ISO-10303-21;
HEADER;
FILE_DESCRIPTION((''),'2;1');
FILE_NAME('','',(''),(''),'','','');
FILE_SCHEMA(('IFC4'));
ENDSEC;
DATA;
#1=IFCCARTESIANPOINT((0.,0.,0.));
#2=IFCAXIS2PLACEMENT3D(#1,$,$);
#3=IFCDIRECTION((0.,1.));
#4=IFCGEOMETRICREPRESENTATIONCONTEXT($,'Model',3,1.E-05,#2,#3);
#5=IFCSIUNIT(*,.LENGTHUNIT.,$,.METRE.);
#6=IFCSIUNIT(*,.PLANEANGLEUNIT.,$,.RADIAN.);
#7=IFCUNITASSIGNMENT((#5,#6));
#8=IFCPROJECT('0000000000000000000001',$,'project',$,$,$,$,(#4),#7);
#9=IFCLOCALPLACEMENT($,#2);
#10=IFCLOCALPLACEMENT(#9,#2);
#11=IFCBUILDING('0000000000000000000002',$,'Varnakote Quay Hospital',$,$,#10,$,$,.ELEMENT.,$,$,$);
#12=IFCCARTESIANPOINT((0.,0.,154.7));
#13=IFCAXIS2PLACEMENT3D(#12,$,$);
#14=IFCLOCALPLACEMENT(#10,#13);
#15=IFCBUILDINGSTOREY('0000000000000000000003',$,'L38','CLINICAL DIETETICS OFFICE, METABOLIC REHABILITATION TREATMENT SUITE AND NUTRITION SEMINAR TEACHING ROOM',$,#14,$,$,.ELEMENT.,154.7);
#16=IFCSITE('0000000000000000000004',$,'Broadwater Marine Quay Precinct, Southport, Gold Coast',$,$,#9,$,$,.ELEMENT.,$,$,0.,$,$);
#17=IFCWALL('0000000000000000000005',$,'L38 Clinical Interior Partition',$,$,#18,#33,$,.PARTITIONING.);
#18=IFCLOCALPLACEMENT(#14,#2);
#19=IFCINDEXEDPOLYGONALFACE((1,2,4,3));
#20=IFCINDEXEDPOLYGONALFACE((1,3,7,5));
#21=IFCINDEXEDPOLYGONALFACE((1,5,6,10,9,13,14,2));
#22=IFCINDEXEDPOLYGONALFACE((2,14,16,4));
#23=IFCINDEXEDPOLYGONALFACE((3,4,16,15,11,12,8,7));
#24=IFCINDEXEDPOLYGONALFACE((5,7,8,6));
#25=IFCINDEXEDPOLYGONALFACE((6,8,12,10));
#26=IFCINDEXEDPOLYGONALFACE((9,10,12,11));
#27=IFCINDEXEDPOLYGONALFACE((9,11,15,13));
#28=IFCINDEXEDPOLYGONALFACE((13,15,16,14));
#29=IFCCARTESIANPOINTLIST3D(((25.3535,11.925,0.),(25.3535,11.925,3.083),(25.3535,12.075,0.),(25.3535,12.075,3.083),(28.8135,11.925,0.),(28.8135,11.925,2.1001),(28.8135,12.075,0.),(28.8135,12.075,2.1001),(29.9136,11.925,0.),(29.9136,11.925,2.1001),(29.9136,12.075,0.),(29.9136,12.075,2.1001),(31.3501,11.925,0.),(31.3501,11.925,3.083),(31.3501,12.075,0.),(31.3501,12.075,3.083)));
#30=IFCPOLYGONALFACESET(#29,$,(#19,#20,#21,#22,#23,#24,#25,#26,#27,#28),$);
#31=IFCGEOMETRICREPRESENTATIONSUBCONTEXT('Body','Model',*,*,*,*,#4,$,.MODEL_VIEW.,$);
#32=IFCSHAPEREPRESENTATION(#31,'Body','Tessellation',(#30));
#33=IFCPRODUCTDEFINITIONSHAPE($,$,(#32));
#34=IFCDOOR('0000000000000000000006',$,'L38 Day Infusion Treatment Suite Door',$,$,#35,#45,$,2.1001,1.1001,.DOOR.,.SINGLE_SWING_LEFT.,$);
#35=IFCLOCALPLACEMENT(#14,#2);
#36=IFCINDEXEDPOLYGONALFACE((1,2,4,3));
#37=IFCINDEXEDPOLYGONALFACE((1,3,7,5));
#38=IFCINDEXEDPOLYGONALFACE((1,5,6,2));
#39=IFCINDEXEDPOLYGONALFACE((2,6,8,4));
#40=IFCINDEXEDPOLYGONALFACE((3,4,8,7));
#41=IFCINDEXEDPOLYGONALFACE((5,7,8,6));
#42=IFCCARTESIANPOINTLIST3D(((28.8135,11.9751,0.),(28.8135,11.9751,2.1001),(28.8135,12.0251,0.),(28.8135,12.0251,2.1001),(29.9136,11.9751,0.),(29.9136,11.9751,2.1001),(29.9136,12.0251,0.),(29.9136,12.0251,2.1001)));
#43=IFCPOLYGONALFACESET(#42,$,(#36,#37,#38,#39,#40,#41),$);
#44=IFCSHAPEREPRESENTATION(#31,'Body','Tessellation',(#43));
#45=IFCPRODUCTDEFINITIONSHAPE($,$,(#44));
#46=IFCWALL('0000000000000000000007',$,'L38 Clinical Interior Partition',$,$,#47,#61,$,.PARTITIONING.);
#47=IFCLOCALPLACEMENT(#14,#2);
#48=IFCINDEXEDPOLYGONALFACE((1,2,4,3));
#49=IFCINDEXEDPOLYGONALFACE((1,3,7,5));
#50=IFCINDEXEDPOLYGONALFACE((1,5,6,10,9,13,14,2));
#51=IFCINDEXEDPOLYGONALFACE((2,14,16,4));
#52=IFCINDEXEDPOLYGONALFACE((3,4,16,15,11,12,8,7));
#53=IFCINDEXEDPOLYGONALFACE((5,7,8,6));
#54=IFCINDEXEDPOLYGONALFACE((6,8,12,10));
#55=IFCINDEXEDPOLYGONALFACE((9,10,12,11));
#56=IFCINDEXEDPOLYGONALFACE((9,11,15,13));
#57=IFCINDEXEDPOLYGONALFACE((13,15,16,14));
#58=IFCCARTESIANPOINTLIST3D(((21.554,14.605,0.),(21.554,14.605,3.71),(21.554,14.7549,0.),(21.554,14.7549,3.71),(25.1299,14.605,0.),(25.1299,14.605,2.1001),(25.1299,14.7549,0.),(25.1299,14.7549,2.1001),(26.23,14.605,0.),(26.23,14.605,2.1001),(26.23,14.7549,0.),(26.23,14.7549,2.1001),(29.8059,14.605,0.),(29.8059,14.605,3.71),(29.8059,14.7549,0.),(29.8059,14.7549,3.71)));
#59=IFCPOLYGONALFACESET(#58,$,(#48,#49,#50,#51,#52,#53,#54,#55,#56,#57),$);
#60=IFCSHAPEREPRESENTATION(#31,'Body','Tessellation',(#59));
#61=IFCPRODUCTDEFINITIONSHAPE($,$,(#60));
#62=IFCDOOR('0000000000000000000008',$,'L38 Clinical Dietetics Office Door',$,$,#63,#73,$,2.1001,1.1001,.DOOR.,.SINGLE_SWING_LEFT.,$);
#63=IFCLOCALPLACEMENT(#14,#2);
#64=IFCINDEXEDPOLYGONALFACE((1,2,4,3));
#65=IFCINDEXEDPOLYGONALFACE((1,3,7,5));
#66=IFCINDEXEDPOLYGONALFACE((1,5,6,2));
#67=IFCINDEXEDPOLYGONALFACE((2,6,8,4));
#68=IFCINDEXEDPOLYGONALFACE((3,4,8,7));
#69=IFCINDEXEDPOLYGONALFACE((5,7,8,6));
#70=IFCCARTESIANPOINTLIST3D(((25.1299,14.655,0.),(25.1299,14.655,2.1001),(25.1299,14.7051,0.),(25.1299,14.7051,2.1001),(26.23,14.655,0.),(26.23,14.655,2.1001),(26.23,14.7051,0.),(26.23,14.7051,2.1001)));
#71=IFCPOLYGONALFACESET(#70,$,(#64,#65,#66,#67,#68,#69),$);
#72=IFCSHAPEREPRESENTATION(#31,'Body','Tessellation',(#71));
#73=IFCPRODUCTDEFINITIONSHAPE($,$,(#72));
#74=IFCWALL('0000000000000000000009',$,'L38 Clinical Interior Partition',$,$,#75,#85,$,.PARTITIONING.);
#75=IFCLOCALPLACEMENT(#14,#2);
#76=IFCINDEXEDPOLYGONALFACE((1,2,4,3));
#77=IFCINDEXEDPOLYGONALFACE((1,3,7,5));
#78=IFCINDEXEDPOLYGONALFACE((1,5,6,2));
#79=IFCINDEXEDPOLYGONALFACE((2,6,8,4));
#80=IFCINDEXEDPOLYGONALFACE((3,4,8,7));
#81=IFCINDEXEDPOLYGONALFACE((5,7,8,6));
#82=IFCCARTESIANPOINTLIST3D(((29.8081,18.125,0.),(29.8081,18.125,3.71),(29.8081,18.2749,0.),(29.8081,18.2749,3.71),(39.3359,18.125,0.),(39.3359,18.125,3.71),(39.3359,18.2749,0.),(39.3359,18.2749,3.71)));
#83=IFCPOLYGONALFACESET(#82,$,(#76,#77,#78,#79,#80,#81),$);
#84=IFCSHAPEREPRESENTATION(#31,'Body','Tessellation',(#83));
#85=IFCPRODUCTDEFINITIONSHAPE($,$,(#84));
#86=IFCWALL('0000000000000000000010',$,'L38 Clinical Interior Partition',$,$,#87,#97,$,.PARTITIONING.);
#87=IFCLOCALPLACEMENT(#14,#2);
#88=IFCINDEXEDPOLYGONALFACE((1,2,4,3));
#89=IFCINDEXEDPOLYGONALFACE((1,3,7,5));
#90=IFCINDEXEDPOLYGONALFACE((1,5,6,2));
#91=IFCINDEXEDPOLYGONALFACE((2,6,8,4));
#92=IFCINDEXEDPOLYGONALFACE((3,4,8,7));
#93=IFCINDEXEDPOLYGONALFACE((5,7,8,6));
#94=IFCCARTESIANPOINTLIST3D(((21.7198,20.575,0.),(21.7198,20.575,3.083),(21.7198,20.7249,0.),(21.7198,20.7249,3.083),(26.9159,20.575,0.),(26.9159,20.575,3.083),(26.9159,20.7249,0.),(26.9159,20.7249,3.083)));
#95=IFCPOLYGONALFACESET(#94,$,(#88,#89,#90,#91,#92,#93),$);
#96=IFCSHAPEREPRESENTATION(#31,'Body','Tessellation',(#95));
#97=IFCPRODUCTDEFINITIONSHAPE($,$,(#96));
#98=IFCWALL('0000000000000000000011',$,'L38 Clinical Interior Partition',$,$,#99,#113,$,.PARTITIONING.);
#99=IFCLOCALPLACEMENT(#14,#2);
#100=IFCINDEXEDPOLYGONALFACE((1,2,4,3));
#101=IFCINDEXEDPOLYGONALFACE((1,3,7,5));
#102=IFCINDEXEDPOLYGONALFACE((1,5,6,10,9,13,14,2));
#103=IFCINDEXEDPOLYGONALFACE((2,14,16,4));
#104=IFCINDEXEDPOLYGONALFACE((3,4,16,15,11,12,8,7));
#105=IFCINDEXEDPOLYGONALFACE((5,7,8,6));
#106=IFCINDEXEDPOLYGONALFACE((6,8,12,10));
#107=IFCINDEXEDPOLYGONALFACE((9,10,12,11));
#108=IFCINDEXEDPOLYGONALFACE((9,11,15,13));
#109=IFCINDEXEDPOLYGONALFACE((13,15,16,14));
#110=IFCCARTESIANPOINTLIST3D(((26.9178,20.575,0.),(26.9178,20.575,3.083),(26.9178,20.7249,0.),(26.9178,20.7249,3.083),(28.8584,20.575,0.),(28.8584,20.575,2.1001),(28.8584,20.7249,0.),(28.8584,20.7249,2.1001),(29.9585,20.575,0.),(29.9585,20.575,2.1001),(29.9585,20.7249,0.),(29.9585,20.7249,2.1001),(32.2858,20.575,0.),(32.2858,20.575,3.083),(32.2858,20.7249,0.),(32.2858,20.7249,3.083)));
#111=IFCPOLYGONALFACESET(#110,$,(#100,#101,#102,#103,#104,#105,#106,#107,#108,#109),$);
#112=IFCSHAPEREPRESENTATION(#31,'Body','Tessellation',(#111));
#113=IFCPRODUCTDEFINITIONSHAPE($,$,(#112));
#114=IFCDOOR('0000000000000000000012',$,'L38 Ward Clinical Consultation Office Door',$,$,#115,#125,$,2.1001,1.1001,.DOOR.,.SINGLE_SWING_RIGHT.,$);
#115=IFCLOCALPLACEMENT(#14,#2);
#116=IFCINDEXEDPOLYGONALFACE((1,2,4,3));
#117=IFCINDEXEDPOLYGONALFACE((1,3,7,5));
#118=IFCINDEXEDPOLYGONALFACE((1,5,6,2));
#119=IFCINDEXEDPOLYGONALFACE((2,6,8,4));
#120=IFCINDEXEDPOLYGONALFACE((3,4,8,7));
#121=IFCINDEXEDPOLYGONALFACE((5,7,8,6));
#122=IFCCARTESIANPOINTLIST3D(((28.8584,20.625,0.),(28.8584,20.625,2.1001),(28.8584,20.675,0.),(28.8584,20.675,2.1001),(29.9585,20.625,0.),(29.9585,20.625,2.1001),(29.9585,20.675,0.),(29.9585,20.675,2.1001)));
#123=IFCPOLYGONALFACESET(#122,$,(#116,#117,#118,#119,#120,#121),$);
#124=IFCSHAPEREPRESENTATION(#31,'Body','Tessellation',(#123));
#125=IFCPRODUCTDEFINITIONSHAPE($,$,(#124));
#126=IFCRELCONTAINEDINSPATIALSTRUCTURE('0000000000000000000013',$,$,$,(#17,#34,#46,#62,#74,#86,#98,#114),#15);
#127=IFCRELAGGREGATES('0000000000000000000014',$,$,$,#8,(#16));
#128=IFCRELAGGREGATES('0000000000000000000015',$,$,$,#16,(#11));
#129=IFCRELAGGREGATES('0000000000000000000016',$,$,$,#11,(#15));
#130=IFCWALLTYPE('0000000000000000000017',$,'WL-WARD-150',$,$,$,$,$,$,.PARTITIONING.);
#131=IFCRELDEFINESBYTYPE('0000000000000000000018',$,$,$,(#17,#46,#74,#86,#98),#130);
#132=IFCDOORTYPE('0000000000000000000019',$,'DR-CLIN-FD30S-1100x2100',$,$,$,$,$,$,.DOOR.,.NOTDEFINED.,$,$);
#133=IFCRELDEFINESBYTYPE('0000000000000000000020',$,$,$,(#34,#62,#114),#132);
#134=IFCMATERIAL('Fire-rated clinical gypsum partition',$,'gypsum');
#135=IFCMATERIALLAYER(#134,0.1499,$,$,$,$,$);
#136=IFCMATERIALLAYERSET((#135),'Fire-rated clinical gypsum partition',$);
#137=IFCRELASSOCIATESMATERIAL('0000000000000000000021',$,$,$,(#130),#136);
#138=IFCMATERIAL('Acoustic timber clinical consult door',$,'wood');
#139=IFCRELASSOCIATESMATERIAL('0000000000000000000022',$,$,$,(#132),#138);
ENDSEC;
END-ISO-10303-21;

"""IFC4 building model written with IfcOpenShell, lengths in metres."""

from ifc_helpers import new_model, si_unit, direction, frame, frame_2d, origin, place, context, subcontext, project, spatial, rectangle, extrude, material, layer, layer_set, type_object, element, fill, save


model = new_model("IFC4")

# Units and contexts
model_context = context("Model", 3, precision=1e-05, world=origin(), true_north=direction((0.0, 1.0)))
body_context = subcontext(model_context, "Body", "Model", "MODEL_VIEW")
ifc_project = project(units=[si_unit("LENGTHUNIT", "METRE"), si_unit("PLANEANGLEUNIT", "RADIAN")], contexts=[model_context])

# Site, building, storey
site_placement = place(None, origin())
site = spatial("IfcSite", under=ifc_project, at=site_placement, Name="Broadwater Marine Quay Precinct, Southport, Gold Coast", CompositionType="ELEMENT", RefElevation=0.0)
building_placement = place(site_placement, origin())
building = spatial("IfcBuilding", under=site, at=building_placement, Name="Varnakote Quay Hospital", CompositionType="ELEMENT")
storey_placement = place(building_placement, frame((0.0, 0.0, 154.7)))
storey = spatial("IfcBuildingStorey", under=building, at=storey_placement, Name="L38", Description="CLINICAL DIETETICS OFFICE, METABOLIC REHABILITATION TREATMENT SUITE AND NUTRITION SEMINAR TEACHING ROOM", CompositionType="ELEMENT", Elevation=154.7)

# Walls, openings, doors
ifc_material_1 = material(Name="Fire-rated clinical gypsum partition", Category="gypsum")
ifc_layer_1 = layer(ifc_material_1, 0.1499)
ifc_layer_set_1 = layer_set([ifc_layer_1], Name="Fire-rated clinical gypsum partition")
wall_type_1 = type_object("IfcWallType", Name="WL-WARD-150", PredefinedType="PARTITIONING", material=ifc_layer_set_1)
wall_1_placement = place(storey_placement, frame((31.3501, 12.0, 0.0), z_axis=(0.0, 0.0, 1.0), x_axis=(-1.0, 0.0, 0.0)))
wall_1 = element("IfcWall", 1, at=wall_1_placement, inside=storey, type_object=wall_type_1, Name="L38 Clinical Interior Partition", PredefinedType="PARTITIONING", context=body_context, shape_type="SweptSolid", body=[
    extrude(rectangle(XDim=5.9966, YDim=0.1499, at=frame_2d((2.9983, 0.0))), origin(), (0.0, 0.0, 1.0), 3.083),
])
opening_1_placement = place(wall_1_placement, frame((1.4365, 0.0, 0.0)))
opening_1 = element("IfcOpeningElement", 2, at=opening_1_placement, cuts=wall_1, PredefinedType="OPENING", context=body_context, shape_type="SweptSolid", body=[
    extrude(rectangle(XDim=1.1001, YDim=2.1001, at=frame_2d((0.55, 1.05))), frame((0.0, 0.085, 0.0), z_axis=(0.0, -1.0, 0.0), x_axis=(1.0, 0.0, 0.0)), (0.0, 0.0, 1.0), 0.1699),
])
ifc_material_2 = material(Name="Acoustic timber clinical consult door", Category="wood")
door_type = type_object("IfcDoorType", Name="DR-CLIN-FD30S-1100x2100", OperationType="NOTDEFINED", PredefinedType="DOOR", material=ifc_material_2)
door_1_placement = place(opening_1_placement, origin())
door_1 = element("IfcDoor", 3, at=door_1_placement, inside=storey, type_object=door_type, Name="L38 Day Infusion Treatment Suite Door", OperationType="SINGLE_SWING_LEFT", OverallHeight=2.1001, OverallWidth=1.1001, PredefinedType="DOOR", context=body_context, shape_type="SweptSolid", body=[
    extrude(rectangle(XDim=1.1001, YDim=2.1001, at=frame_2d((0.55, 1.05))), frame((0.0, 0.0249, 0.0), z_axis=(0.0, -1.0, 0.0), x_axis=(1.0, 0.0, 0.0)), (0.0, 0.0, 1.0), 0.05),
])
fill(opening_1, door_1)
wall_2_placement = place(storey_placement, frame((29.8059, 14.6799, 0.0), z_axis=(0.0, 0.0, 1.0), x_axis=(-1.0, 0.0, 0.0)))
wall_2 = element("IfcWall", 4, at=wall_2_placement, inside=storey, type_object=wall_type_1, Name="L38 Clinical Interior Partition", PredefinedType="PARTITIONING", context=body_context, shape_type="SweptSolid", body=[
    extrude(rectangle(XDim=8.252, YDim=0.1499, at=frame_2d((4.126, 0.0))), origin(), (0.0, 0.0, 1.0), 3.71),
])
opening_2_placement = place(wall_2_placement, frame((3.5759, 0.0, 0.0)))
opening_2 = element("IfcOpeningElement", 5, at=opening_2_placement, cuts=wall_2, PredefinedType="OPENING", context=body_context, shape_type="SweptSolid", body=[
    extrude(rectangle(XDim=1.1001, YDim=2.1001, at=frame_2d((0.55, 1.05))), frame((0.0, 0.085, 0.0), z_axis=(0.0, -1.0, 0.0), x_axis=(1.0, 0.0, 0.0)), (0.0, 0.0, 1.0), 0.1699),
])
door_2_placement = place(opening_2_placement, origin())
door_2 = element("IfcDoor", 6, at=door_2_placement, inside=storey, type_object=door_type, Name="L38 Clinical Dietetics Office Door", OperationType="SINGLE_SWING_LEFT", OverallHeight=2.1001, OverallWidth=1.1001, PredefinedType="DOOR", context=body_context, shape_type="SweptSolid", body=[
    extrude(rectangle(XDim=1.1001, YDim=2.1001, at=frame_2d((0.55, 1.05))), frame((0.0, 0.0249, 0.0), z_axis=(0.0, -1.0, 0.0), x_axis=(1.0, 0.0, 0.0)), (0.0, 0.0, 1.0), 0.05),
])
fill(opening_2, door_2)

# Walls
wall_3_placement = place(storey_placement, frame((29.8081, 18.2, 0.0), z_axis=(0.0, 0.0, 1.0), x_axis=(1.0, 0.0, 0.0)))
element("IfcWall", 7, at=wall_3_placement, inside=storey, type_object=wall_type_1, Name="L38 Clinical Interior Partition", PredefinedType="PARTITIONING", context=body_context, shape_type="SweptSolid", body=[
    extrude(rectangle(XDim=9.5278, YDim=0.1499, at=frame_2d((4.7639, 0.0))), origin(), (0.0, 0.0, 1.0), 3.71),
])
wall_4_placement = place(storey_placement, frame((26.916, 20.6499, 0.0), z_axis=(0.0, 0.0, 1.0), x_axis=(-1.0, 0.0, 0.0)))
element("IfcWall", 8, at=wall_4_placement, inside=storey, type_object=wall_type_1, Name="L38 Clinical Interior Partition", PredefinedType="PARTITIONING", context=body_context, shape_type="SweptSolid", body=[
    extrude(rectangle(XDim=5.196, YDim=0.1499, at=frame_2d((2.5981, 0.0))), origin(), (0.0, 0.0, 1.0), 3.083),
])

# Wall, opening, door
wall_5_placement = place(storey_placement, frame((32.2859, 20.6499, 0.0), z_axis=(0.0, 0.0, 1.0), x_axis=(-1.0, 0.0, 0.0)))
wall_5 = element("IfcWall", 9, at=wall_5_placement, inside=storey, type_object=wall_type_1, Name="L38 Clinical Interior Partition", PredefinedType="PARTITIONING", context=body_context, shape_type="SweptSolid", body=[
    extrude(rectangle(XDim=5.3679, YDim=0.1499, at=frame_2d((2.6841, 0.0))), origin(), (0.0, 0.0, 1.0), 3.083),
])
opening_3_placement = place(wall_5_placement, frame((2.3274, 0.0, 0.0)))
opening_3 = element("IfcOpeningElement", 10, at=opening_3_placement, cuts=wall_5, PredefinedType="OPENING", context=body_context, shape_type="SweptSolid", body=[
    extrude(rectangle(XDim=1.1001, YDim=2.1001, at=frame_2d((0.55, 1.05))), frame((0.0, 0.085, 0.0), z_axis=(0.0, -1.0, 0.0), x_axis=(1.0, 0.0, 0.0)), (0.0, 0.0, 1.0), 0.1699),
])
door_3_placement = place(opening_3_placement, origin())
door_3 = element("IfcDoor", 11, at=door_3_placement, inside=storey, type_object=door_type, Name="L38 Ward Clinical Consultation Office Door", OperationType="SINGLE_SWING_RIGHT", OverallHeight=2.1001, OverallWidth=1.1001, PredefinedType="DOOR", context=body_context, shape_type="SweptSolid", body=[
    extrude(rectangle(XDim=1.1001, YDim=2.1001, at=frame_2d((0.55, 1.05))), frame((0.0, 0.0249, 0.0), z_axis=(0.0, -1.0, 0.0), x_axis=(1.0, 0.0, 0.0)), (0.0, 0.0, 1.0), 0.05),
])
fill(opening_3, door_3)

save(model, "model.ifc")
